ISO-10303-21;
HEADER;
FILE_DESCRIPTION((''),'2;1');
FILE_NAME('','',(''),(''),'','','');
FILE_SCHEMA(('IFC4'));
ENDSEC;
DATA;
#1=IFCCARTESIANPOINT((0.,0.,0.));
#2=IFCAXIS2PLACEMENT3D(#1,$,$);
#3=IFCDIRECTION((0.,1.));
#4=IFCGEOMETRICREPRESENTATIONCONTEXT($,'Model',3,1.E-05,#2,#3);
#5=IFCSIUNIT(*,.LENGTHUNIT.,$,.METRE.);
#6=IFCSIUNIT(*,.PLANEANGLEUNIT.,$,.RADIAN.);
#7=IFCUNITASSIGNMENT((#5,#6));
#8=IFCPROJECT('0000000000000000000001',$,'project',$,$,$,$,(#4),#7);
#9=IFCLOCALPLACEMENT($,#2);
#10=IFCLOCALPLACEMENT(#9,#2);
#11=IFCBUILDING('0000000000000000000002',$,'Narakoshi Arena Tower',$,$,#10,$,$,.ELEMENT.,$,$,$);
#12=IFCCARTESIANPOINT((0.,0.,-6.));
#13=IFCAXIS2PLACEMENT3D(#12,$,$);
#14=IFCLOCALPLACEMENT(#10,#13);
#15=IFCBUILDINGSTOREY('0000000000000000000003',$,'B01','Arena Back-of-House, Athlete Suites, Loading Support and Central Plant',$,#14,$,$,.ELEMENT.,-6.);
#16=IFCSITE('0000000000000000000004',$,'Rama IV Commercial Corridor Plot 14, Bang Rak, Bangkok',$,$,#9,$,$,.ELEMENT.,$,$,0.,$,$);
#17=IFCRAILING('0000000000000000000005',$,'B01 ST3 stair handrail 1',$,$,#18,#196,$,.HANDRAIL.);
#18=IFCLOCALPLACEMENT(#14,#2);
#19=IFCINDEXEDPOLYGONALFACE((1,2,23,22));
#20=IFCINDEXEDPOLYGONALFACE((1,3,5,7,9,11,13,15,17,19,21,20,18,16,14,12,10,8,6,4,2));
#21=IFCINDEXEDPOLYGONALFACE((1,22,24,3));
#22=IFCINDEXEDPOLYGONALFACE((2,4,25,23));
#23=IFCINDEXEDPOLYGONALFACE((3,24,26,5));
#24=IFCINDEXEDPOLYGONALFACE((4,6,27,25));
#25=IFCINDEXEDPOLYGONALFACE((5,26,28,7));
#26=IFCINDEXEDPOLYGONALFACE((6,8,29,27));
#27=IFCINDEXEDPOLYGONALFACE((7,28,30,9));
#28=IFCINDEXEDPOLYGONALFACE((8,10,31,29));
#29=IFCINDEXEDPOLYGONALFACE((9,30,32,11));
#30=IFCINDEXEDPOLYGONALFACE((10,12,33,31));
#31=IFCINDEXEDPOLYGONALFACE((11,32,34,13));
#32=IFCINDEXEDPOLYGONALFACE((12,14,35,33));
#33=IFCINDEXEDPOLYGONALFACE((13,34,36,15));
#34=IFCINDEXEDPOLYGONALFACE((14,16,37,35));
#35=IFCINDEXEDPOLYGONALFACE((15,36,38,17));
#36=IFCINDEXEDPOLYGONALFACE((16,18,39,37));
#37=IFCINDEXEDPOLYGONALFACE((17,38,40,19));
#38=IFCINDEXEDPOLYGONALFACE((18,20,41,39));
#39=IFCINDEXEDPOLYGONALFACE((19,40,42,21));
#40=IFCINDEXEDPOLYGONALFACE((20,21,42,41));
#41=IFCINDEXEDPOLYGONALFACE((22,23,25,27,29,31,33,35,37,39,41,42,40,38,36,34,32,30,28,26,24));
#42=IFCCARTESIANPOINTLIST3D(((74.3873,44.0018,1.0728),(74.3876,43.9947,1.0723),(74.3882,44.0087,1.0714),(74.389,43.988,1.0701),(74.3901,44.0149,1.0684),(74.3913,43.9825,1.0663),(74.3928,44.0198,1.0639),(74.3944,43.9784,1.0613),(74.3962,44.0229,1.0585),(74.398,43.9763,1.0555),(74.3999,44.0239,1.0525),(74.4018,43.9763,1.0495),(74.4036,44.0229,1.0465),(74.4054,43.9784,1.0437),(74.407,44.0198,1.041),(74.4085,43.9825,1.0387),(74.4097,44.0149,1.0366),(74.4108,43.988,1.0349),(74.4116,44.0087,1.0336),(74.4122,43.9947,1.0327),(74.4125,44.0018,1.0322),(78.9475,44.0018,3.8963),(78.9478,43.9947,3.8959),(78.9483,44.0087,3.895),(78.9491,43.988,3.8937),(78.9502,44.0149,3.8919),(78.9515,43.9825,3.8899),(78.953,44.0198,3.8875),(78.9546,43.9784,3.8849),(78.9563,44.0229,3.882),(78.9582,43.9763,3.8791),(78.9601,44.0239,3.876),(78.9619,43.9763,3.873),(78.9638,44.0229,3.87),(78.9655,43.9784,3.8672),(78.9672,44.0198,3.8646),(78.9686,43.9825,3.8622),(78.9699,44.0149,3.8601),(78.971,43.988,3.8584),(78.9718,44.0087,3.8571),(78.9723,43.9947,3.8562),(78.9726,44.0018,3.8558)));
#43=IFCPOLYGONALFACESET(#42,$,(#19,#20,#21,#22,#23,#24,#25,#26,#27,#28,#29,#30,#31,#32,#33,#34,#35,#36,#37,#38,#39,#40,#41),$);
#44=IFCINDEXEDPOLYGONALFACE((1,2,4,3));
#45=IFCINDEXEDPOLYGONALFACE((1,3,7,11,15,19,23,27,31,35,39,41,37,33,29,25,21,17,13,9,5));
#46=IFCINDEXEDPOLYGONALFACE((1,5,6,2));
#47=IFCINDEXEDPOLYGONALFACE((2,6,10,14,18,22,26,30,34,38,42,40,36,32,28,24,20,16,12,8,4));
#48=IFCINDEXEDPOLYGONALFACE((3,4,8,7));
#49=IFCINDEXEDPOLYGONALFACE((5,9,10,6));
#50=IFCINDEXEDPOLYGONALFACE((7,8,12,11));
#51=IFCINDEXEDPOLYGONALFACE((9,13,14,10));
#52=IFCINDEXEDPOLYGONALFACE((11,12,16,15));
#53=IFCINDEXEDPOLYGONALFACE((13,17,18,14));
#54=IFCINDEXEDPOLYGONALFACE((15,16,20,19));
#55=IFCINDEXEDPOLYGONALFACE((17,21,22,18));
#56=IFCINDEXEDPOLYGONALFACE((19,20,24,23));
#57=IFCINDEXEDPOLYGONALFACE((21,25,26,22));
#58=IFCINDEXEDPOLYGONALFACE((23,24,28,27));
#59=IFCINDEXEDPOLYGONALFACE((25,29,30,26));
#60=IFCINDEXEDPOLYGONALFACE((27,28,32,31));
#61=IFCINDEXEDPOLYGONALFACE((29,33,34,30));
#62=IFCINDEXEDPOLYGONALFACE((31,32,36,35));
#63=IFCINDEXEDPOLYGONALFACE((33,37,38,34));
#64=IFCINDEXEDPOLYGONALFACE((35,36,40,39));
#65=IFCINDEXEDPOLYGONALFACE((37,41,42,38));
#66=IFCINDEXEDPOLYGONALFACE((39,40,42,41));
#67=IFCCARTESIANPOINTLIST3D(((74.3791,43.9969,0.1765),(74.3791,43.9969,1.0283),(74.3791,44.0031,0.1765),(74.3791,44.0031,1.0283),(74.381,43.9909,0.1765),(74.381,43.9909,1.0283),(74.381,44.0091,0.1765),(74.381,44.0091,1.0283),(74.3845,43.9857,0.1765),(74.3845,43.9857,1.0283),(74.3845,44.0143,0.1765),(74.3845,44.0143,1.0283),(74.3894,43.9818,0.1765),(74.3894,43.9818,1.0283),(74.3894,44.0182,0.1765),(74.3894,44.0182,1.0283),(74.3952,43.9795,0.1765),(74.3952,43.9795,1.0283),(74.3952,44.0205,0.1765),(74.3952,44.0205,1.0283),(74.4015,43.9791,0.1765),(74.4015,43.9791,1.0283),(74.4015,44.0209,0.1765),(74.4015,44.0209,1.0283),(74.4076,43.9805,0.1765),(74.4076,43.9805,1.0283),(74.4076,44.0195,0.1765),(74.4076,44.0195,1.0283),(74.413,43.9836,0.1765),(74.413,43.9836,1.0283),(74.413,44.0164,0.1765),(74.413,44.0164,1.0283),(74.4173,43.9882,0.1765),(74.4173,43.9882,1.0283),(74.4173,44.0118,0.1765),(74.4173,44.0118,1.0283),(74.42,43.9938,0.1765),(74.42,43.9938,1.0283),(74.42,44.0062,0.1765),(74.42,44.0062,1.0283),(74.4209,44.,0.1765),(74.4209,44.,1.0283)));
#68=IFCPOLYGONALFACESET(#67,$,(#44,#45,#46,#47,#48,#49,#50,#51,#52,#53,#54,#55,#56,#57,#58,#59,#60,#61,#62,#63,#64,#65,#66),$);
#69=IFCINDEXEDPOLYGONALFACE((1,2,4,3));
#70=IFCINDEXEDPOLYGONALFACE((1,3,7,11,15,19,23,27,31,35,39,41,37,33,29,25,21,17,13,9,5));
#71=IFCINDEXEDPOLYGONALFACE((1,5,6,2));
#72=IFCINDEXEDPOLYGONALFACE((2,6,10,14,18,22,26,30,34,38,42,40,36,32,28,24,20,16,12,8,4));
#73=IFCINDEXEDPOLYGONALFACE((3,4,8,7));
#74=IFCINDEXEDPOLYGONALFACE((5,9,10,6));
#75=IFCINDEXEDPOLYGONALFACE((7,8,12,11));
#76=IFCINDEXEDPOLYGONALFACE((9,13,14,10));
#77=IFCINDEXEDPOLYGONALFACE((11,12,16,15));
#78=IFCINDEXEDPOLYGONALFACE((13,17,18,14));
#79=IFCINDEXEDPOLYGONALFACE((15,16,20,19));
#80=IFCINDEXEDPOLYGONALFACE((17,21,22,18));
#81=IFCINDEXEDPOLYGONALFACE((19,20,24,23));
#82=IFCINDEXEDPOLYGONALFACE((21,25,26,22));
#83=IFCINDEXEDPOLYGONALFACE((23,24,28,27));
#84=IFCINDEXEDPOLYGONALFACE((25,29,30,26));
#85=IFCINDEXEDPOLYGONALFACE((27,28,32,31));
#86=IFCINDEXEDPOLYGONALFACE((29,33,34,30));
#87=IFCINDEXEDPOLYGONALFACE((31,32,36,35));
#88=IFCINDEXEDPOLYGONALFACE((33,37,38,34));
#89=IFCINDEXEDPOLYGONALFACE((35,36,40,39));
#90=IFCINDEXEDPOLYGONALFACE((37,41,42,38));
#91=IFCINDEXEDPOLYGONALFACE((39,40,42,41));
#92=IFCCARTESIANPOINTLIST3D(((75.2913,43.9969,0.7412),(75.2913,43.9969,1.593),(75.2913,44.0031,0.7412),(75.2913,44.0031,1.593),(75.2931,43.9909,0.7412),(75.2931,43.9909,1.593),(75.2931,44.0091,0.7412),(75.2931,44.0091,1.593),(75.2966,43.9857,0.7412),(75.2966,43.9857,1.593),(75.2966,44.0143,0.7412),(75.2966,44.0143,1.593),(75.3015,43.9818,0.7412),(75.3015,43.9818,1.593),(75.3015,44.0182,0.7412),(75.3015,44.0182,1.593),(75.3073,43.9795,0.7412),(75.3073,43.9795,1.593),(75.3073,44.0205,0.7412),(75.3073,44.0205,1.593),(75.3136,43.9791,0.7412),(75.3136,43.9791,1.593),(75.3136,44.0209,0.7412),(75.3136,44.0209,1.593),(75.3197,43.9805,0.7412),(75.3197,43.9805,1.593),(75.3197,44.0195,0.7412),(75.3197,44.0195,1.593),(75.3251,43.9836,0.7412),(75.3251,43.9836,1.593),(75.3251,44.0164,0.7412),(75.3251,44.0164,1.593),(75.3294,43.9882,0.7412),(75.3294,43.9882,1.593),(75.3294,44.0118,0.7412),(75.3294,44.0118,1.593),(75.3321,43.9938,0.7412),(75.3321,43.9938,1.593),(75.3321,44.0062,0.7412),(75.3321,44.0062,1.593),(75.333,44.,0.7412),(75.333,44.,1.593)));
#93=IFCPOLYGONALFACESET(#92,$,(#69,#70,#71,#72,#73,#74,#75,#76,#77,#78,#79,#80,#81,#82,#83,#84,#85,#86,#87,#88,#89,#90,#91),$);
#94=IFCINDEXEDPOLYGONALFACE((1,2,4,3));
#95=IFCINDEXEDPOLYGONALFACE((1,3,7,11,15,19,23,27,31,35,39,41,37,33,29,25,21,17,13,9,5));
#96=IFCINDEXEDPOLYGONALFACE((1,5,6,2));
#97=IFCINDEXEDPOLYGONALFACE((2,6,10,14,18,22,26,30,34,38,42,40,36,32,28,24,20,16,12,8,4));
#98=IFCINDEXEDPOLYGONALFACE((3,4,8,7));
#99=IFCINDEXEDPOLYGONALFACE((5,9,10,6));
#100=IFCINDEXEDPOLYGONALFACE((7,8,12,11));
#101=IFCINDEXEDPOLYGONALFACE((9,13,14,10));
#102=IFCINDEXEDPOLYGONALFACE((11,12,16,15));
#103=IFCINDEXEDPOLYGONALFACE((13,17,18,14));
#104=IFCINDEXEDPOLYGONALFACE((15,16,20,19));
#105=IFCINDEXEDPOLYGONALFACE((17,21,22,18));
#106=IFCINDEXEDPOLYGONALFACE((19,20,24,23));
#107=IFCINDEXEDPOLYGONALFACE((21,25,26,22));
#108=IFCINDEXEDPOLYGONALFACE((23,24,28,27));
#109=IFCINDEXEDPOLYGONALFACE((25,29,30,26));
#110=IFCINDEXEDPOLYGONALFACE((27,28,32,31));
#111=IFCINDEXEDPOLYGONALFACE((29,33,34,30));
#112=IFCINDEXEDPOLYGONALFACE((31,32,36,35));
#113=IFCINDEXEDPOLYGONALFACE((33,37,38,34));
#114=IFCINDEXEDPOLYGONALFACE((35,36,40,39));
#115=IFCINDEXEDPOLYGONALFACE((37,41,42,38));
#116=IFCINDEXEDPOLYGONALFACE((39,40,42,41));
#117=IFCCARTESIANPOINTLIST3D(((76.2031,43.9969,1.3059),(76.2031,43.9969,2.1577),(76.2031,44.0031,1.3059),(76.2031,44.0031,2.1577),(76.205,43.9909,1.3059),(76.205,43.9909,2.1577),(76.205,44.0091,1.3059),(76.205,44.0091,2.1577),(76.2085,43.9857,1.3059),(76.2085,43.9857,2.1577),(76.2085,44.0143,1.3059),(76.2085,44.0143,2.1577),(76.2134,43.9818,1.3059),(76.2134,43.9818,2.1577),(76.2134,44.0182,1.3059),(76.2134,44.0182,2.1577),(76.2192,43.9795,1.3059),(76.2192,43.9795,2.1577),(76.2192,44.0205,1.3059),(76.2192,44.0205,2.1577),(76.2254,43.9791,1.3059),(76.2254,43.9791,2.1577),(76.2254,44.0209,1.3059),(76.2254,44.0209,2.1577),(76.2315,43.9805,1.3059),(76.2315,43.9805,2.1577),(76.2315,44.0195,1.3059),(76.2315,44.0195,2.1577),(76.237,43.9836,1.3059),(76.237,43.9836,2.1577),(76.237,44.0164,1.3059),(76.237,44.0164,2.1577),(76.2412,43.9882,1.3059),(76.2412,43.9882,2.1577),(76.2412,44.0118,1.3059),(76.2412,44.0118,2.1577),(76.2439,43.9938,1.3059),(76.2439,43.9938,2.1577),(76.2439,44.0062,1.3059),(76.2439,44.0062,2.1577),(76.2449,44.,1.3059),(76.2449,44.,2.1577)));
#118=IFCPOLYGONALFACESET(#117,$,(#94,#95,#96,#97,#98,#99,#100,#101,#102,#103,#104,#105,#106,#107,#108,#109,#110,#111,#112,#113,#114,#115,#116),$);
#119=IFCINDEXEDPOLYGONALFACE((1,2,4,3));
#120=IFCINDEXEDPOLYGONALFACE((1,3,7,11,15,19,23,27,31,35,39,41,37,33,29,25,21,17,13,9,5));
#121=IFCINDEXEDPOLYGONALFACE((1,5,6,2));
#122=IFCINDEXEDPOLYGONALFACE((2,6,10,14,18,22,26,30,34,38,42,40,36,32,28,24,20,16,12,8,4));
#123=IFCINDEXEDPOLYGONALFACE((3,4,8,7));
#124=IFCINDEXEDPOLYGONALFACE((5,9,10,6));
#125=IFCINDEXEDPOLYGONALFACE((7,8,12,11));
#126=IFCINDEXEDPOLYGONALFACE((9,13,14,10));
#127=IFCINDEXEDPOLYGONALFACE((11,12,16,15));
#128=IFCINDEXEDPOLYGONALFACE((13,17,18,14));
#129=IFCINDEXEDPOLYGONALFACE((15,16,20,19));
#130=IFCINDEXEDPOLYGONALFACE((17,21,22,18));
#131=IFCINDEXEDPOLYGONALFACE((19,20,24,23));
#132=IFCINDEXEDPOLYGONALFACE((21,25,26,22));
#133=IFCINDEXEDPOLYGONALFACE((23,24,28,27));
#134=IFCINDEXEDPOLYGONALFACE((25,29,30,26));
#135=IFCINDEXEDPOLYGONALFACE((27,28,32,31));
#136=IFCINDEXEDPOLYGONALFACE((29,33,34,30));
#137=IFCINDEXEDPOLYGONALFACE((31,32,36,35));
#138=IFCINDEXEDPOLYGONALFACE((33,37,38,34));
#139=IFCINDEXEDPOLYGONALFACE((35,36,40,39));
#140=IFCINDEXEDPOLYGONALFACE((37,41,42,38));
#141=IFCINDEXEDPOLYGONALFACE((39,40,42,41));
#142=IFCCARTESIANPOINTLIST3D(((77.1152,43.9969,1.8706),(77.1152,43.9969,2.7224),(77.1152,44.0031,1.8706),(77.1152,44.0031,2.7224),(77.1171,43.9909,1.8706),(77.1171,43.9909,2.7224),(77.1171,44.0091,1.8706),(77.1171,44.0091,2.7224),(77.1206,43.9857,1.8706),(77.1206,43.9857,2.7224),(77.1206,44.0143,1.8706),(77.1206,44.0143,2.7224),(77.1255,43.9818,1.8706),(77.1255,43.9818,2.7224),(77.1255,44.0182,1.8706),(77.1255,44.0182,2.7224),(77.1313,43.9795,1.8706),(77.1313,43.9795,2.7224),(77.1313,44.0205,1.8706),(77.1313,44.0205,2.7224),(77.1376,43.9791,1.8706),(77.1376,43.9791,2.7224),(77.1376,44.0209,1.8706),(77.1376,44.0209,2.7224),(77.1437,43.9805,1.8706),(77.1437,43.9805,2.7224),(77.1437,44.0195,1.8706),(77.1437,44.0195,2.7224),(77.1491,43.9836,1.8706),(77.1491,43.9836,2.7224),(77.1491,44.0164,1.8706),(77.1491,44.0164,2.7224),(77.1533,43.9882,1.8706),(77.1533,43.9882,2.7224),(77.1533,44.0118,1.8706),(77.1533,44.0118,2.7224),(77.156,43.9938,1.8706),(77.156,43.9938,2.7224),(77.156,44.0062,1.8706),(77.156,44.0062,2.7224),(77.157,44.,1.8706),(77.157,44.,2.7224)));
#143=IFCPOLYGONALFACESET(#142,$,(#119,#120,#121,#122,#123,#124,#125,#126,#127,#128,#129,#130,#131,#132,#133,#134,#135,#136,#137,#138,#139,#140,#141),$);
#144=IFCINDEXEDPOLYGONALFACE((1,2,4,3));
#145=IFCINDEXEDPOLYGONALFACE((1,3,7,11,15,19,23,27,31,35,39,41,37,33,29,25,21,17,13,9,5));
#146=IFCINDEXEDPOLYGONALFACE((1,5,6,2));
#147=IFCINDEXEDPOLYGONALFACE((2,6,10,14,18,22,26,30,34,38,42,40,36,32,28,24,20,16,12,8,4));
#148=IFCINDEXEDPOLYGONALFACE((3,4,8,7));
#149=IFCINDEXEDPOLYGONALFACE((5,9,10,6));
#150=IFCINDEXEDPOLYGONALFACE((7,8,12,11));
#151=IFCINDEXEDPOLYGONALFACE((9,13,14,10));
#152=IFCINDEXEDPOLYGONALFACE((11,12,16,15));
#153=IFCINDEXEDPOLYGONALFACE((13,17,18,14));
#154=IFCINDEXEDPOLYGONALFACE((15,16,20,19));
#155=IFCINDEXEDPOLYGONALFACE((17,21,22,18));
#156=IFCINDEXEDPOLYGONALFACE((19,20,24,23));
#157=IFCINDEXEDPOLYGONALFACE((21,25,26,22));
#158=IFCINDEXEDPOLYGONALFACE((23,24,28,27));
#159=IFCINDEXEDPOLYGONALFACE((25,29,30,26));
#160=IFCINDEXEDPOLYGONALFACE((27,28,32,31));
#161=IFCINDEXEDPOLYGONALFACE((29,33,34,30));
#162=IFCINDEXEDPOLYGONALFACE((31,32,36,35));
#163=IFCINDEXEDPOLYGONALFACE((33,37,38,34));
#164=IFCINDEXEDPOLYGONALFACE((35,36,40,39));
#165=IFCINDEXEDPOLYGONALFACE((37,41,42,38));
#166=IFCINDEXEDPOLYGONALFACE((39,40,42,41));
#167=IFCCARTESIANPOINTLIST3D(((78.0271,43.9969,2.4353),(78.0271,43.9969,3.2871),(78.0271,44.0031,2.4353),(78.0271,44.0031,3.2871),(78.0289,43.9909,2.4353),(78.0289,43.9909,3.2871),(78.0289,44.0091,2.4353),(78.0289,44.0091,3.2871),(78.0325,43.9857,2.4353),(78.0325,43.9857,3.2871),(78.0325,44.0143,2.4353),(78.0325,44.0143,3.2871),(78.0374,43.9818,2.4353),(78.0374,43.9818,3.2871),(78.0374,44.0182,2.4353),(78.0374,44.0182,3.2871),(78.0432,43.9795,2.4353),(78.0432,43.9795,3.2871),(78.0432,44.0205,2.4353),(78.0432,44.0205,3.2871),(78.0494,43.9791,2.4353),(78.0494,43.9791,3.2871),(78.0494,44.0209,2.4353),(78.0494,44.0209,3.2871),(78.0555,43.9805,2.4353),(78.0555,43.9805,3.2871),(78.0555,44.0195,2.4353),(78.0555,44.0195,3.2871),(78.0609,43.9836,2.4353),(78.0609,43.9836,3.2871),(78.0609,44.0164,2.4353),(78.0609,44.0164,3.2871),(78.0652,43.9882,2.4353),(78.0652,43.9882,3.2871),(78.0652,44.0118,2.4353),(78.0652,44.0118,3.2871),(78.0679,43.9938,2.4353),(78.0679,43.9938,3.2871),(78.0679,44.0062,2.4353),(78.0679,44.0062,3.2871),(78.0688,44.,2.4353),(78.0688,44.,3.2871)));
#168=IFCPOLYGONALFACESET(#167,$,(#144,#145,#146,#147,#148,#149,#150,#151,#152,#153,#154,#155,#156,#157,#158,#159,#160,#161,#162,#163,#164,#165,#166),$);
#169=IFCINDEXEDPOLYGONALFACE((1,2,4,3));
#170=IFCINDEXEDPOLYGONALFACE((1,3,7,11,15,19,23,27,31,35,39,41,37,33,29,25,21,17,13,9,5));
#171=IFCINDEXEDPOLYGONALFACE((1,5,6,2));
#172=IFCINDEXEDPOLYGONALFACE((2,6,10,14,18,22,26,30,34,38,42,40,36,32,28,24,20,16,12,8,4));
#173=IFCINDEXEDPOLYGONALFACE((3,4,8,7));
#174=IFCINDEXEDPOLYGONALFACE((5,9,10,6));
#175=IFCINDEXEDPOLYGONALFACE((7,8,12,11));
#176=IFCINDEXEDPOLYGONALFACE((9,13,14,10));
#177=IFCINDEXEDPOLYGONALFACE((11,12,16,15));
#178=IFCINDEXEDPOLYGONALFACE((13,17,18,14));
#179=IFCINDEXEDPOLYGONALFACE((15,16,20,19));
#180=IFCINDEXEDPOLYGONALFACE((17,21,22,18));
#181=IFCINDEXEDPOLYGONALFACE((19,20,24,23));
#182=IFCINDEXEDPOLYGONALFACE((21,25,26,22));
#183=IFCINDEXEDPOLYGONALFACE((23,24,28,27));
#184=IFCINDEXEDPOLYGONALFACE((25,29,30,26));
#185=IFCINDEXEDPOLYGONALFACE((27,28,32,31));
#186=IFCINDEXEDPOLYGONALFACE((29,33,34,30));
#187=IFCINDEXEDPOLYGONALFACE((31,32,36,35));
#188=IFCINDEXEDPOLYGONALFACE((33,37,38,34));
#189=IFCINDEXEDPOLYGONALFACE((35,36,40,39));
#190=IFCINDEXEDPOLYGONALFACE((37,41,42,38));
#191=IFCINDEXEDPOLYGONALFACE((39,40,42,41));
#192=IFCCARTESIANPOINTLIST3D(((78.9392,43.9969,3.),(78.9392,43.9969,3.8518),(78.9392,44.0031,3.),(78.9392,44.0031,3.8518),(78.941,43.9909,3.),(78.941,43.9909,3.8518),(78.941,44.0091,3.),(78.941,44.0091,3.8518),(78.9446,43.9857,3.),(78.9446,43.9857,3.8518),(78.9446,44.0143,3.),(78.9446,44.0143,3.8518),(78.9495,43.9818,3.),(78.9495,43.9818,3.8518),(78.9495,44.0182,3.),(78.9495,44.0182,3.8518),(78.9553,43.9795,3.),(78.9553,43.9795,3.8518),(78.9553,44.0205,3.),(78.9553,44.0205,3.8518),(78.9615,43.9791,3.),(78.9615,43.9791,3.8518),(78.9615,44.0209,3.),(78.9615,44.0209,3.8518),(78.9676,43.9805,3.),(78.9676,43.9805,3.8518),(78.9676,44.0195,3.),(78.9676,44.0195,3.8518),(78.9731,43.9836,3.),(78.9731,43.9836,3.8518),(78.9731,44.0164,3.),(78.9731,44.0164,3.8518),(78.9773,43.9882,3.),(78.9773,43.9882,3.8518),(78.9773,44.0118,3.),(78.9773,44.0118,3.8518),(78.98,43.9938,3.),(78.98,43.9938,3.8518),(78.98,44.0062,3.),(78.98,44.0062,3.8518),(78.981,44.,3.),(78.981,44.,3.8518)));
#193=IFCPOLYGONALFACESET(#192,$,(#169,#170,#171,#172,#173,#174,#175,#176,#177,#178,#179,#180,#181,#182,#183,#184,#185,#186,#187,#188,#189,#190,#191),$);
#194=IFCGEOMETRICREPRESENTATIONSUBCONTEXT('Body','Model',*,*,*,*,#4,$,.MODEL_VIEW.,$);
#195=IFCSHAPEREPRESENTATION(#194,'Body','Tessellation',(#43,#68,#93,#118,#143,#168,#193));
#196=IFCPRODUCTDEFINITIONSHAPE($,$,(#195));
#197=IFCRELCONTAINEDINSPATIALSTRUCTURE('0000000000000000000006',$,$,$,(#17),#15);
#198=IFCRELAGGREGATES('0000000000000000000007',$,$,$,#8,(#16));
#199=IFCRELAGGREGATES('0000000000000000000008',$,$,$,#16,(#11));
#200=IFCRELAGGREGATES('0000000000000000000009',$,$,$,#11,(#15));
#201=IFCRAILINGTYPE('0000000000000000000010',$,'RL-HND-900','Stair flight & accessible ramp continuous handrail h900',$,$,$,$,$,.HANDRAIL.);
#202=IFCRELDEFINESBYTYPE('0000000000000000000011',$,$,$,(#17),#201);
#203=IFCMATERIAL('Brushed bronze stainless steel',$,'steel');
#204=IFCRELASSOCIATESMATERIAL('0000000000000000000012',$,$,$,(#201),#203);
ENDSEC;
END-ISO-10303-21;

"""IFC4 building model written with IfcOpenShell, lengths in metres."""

from ifc_helpers import new_model, si_unit, direction, frame, origin, origin_2d, place, context, subcontext, project, spatial, circle, extrude, material, type_object, element, save


model = new_model("IFC4")

# Units and contexts
model_context = context("Model", 3, precision=1e-05, world=origin(), true_north=direction((0.0, 1.0)))
body_context = subcontext(model_context, "Body", "Model", "MODEL_VIEW")
ifc_project = project(units=[si_unit("LENGTHUNIT", "METRE"), si_unit("PLANEANGLEUNIT", "RADIAN")], contexts=[model_context])

# Site, building, storey
site_placement = place(None, origin())
site = spatial("IfcSite", under=ifc_project, at=site_placement, Name="Rama IV Commercial Corridor Plot 14, Bang Rak, Bangkok", CompositionType="ELEMENT", RefElevation=0.0)
building_placement = place(site_placement, origin())
building = spatial("IfcBuilding", under=site, at=building_placement, Name="Narakoshi Arena Tower", CompositionType="ELEMENT")
storey_placement = place(building_placement, frame((0.0, 0.0, -6.0)))
storey = spatial("IfcBuildingStorey", under=building, at=storey_placement, Name="B01", Description="Arena Back-of-House, Athlete Suites, Loading Support and Central Plant", CompositionType="ELEMENT", Elevation=-6.0)

# Railing
ifc_material_1 = material(Name="Brushed bronze stainless steel", Category="steel")
railing_type_1 = type_object("IfcRailingType", Name="RL-HND-900", Description="Stair flight & accessible ramp continuous handrail h900", PredefinedType="HANDRAIL", material=ifc_material_1)
railing_1_placement = place(storey_placement, frame((74.3999, 44.0, 0.1765)))
element("IfcRailing", 1, at=railing_1_placement, inside=storey, type_object=railing_type_1, Name="B01 ST3 stair handrail 1", PredefinedType="HANDRAIL", context=body_context, shape_type="SweptSolid", body=[
    extrude(circle(Radius=0.0239, at=origin_2d()), frame((0.0, 0.0, 0.876), z_axis=(0.850216, 0.0, 0.526435), x_axis=(0.0, 1.0, 0.0)), (0.0, 0.0, 1.0), 5.3635),
    extrude(circle(Radius=0.021, at=origin_2d()), origin(), (0.0, 0.0, 1.0), 0.8518),
    extrude(circle(Radius=0.021, at=origin_2d()), frame((0.9121, 0.0, 0.5647)), (0.0, 0.0, 1.0), 0.8518),
    extrude(circle(Radius=0.021, at=origin_2d()), frame((1.824, 0.0, 1.1294)), (0.0, 0.0, 1.0), 0.8518),
    extrude(circle(Radius=0.021, at=origin_2d()), frame((2.7361, 0.0, 1.6941)), (0.0, 0.0, 1.0), 0.8518),
    extrude(circle(Radius=0.021, at=origin_2d()), frame((3.6479, 0.0, 2.2588)), (0.0, 0.0, 1.0), 0.8518),
    extrude(circle(Radius=0.021, at=origin_2d()), frame((4.5601, 0.0, 2.8235)), (0.0, 0.0, 1.0), 0.8518),
])

save(model, "model.ifc")
